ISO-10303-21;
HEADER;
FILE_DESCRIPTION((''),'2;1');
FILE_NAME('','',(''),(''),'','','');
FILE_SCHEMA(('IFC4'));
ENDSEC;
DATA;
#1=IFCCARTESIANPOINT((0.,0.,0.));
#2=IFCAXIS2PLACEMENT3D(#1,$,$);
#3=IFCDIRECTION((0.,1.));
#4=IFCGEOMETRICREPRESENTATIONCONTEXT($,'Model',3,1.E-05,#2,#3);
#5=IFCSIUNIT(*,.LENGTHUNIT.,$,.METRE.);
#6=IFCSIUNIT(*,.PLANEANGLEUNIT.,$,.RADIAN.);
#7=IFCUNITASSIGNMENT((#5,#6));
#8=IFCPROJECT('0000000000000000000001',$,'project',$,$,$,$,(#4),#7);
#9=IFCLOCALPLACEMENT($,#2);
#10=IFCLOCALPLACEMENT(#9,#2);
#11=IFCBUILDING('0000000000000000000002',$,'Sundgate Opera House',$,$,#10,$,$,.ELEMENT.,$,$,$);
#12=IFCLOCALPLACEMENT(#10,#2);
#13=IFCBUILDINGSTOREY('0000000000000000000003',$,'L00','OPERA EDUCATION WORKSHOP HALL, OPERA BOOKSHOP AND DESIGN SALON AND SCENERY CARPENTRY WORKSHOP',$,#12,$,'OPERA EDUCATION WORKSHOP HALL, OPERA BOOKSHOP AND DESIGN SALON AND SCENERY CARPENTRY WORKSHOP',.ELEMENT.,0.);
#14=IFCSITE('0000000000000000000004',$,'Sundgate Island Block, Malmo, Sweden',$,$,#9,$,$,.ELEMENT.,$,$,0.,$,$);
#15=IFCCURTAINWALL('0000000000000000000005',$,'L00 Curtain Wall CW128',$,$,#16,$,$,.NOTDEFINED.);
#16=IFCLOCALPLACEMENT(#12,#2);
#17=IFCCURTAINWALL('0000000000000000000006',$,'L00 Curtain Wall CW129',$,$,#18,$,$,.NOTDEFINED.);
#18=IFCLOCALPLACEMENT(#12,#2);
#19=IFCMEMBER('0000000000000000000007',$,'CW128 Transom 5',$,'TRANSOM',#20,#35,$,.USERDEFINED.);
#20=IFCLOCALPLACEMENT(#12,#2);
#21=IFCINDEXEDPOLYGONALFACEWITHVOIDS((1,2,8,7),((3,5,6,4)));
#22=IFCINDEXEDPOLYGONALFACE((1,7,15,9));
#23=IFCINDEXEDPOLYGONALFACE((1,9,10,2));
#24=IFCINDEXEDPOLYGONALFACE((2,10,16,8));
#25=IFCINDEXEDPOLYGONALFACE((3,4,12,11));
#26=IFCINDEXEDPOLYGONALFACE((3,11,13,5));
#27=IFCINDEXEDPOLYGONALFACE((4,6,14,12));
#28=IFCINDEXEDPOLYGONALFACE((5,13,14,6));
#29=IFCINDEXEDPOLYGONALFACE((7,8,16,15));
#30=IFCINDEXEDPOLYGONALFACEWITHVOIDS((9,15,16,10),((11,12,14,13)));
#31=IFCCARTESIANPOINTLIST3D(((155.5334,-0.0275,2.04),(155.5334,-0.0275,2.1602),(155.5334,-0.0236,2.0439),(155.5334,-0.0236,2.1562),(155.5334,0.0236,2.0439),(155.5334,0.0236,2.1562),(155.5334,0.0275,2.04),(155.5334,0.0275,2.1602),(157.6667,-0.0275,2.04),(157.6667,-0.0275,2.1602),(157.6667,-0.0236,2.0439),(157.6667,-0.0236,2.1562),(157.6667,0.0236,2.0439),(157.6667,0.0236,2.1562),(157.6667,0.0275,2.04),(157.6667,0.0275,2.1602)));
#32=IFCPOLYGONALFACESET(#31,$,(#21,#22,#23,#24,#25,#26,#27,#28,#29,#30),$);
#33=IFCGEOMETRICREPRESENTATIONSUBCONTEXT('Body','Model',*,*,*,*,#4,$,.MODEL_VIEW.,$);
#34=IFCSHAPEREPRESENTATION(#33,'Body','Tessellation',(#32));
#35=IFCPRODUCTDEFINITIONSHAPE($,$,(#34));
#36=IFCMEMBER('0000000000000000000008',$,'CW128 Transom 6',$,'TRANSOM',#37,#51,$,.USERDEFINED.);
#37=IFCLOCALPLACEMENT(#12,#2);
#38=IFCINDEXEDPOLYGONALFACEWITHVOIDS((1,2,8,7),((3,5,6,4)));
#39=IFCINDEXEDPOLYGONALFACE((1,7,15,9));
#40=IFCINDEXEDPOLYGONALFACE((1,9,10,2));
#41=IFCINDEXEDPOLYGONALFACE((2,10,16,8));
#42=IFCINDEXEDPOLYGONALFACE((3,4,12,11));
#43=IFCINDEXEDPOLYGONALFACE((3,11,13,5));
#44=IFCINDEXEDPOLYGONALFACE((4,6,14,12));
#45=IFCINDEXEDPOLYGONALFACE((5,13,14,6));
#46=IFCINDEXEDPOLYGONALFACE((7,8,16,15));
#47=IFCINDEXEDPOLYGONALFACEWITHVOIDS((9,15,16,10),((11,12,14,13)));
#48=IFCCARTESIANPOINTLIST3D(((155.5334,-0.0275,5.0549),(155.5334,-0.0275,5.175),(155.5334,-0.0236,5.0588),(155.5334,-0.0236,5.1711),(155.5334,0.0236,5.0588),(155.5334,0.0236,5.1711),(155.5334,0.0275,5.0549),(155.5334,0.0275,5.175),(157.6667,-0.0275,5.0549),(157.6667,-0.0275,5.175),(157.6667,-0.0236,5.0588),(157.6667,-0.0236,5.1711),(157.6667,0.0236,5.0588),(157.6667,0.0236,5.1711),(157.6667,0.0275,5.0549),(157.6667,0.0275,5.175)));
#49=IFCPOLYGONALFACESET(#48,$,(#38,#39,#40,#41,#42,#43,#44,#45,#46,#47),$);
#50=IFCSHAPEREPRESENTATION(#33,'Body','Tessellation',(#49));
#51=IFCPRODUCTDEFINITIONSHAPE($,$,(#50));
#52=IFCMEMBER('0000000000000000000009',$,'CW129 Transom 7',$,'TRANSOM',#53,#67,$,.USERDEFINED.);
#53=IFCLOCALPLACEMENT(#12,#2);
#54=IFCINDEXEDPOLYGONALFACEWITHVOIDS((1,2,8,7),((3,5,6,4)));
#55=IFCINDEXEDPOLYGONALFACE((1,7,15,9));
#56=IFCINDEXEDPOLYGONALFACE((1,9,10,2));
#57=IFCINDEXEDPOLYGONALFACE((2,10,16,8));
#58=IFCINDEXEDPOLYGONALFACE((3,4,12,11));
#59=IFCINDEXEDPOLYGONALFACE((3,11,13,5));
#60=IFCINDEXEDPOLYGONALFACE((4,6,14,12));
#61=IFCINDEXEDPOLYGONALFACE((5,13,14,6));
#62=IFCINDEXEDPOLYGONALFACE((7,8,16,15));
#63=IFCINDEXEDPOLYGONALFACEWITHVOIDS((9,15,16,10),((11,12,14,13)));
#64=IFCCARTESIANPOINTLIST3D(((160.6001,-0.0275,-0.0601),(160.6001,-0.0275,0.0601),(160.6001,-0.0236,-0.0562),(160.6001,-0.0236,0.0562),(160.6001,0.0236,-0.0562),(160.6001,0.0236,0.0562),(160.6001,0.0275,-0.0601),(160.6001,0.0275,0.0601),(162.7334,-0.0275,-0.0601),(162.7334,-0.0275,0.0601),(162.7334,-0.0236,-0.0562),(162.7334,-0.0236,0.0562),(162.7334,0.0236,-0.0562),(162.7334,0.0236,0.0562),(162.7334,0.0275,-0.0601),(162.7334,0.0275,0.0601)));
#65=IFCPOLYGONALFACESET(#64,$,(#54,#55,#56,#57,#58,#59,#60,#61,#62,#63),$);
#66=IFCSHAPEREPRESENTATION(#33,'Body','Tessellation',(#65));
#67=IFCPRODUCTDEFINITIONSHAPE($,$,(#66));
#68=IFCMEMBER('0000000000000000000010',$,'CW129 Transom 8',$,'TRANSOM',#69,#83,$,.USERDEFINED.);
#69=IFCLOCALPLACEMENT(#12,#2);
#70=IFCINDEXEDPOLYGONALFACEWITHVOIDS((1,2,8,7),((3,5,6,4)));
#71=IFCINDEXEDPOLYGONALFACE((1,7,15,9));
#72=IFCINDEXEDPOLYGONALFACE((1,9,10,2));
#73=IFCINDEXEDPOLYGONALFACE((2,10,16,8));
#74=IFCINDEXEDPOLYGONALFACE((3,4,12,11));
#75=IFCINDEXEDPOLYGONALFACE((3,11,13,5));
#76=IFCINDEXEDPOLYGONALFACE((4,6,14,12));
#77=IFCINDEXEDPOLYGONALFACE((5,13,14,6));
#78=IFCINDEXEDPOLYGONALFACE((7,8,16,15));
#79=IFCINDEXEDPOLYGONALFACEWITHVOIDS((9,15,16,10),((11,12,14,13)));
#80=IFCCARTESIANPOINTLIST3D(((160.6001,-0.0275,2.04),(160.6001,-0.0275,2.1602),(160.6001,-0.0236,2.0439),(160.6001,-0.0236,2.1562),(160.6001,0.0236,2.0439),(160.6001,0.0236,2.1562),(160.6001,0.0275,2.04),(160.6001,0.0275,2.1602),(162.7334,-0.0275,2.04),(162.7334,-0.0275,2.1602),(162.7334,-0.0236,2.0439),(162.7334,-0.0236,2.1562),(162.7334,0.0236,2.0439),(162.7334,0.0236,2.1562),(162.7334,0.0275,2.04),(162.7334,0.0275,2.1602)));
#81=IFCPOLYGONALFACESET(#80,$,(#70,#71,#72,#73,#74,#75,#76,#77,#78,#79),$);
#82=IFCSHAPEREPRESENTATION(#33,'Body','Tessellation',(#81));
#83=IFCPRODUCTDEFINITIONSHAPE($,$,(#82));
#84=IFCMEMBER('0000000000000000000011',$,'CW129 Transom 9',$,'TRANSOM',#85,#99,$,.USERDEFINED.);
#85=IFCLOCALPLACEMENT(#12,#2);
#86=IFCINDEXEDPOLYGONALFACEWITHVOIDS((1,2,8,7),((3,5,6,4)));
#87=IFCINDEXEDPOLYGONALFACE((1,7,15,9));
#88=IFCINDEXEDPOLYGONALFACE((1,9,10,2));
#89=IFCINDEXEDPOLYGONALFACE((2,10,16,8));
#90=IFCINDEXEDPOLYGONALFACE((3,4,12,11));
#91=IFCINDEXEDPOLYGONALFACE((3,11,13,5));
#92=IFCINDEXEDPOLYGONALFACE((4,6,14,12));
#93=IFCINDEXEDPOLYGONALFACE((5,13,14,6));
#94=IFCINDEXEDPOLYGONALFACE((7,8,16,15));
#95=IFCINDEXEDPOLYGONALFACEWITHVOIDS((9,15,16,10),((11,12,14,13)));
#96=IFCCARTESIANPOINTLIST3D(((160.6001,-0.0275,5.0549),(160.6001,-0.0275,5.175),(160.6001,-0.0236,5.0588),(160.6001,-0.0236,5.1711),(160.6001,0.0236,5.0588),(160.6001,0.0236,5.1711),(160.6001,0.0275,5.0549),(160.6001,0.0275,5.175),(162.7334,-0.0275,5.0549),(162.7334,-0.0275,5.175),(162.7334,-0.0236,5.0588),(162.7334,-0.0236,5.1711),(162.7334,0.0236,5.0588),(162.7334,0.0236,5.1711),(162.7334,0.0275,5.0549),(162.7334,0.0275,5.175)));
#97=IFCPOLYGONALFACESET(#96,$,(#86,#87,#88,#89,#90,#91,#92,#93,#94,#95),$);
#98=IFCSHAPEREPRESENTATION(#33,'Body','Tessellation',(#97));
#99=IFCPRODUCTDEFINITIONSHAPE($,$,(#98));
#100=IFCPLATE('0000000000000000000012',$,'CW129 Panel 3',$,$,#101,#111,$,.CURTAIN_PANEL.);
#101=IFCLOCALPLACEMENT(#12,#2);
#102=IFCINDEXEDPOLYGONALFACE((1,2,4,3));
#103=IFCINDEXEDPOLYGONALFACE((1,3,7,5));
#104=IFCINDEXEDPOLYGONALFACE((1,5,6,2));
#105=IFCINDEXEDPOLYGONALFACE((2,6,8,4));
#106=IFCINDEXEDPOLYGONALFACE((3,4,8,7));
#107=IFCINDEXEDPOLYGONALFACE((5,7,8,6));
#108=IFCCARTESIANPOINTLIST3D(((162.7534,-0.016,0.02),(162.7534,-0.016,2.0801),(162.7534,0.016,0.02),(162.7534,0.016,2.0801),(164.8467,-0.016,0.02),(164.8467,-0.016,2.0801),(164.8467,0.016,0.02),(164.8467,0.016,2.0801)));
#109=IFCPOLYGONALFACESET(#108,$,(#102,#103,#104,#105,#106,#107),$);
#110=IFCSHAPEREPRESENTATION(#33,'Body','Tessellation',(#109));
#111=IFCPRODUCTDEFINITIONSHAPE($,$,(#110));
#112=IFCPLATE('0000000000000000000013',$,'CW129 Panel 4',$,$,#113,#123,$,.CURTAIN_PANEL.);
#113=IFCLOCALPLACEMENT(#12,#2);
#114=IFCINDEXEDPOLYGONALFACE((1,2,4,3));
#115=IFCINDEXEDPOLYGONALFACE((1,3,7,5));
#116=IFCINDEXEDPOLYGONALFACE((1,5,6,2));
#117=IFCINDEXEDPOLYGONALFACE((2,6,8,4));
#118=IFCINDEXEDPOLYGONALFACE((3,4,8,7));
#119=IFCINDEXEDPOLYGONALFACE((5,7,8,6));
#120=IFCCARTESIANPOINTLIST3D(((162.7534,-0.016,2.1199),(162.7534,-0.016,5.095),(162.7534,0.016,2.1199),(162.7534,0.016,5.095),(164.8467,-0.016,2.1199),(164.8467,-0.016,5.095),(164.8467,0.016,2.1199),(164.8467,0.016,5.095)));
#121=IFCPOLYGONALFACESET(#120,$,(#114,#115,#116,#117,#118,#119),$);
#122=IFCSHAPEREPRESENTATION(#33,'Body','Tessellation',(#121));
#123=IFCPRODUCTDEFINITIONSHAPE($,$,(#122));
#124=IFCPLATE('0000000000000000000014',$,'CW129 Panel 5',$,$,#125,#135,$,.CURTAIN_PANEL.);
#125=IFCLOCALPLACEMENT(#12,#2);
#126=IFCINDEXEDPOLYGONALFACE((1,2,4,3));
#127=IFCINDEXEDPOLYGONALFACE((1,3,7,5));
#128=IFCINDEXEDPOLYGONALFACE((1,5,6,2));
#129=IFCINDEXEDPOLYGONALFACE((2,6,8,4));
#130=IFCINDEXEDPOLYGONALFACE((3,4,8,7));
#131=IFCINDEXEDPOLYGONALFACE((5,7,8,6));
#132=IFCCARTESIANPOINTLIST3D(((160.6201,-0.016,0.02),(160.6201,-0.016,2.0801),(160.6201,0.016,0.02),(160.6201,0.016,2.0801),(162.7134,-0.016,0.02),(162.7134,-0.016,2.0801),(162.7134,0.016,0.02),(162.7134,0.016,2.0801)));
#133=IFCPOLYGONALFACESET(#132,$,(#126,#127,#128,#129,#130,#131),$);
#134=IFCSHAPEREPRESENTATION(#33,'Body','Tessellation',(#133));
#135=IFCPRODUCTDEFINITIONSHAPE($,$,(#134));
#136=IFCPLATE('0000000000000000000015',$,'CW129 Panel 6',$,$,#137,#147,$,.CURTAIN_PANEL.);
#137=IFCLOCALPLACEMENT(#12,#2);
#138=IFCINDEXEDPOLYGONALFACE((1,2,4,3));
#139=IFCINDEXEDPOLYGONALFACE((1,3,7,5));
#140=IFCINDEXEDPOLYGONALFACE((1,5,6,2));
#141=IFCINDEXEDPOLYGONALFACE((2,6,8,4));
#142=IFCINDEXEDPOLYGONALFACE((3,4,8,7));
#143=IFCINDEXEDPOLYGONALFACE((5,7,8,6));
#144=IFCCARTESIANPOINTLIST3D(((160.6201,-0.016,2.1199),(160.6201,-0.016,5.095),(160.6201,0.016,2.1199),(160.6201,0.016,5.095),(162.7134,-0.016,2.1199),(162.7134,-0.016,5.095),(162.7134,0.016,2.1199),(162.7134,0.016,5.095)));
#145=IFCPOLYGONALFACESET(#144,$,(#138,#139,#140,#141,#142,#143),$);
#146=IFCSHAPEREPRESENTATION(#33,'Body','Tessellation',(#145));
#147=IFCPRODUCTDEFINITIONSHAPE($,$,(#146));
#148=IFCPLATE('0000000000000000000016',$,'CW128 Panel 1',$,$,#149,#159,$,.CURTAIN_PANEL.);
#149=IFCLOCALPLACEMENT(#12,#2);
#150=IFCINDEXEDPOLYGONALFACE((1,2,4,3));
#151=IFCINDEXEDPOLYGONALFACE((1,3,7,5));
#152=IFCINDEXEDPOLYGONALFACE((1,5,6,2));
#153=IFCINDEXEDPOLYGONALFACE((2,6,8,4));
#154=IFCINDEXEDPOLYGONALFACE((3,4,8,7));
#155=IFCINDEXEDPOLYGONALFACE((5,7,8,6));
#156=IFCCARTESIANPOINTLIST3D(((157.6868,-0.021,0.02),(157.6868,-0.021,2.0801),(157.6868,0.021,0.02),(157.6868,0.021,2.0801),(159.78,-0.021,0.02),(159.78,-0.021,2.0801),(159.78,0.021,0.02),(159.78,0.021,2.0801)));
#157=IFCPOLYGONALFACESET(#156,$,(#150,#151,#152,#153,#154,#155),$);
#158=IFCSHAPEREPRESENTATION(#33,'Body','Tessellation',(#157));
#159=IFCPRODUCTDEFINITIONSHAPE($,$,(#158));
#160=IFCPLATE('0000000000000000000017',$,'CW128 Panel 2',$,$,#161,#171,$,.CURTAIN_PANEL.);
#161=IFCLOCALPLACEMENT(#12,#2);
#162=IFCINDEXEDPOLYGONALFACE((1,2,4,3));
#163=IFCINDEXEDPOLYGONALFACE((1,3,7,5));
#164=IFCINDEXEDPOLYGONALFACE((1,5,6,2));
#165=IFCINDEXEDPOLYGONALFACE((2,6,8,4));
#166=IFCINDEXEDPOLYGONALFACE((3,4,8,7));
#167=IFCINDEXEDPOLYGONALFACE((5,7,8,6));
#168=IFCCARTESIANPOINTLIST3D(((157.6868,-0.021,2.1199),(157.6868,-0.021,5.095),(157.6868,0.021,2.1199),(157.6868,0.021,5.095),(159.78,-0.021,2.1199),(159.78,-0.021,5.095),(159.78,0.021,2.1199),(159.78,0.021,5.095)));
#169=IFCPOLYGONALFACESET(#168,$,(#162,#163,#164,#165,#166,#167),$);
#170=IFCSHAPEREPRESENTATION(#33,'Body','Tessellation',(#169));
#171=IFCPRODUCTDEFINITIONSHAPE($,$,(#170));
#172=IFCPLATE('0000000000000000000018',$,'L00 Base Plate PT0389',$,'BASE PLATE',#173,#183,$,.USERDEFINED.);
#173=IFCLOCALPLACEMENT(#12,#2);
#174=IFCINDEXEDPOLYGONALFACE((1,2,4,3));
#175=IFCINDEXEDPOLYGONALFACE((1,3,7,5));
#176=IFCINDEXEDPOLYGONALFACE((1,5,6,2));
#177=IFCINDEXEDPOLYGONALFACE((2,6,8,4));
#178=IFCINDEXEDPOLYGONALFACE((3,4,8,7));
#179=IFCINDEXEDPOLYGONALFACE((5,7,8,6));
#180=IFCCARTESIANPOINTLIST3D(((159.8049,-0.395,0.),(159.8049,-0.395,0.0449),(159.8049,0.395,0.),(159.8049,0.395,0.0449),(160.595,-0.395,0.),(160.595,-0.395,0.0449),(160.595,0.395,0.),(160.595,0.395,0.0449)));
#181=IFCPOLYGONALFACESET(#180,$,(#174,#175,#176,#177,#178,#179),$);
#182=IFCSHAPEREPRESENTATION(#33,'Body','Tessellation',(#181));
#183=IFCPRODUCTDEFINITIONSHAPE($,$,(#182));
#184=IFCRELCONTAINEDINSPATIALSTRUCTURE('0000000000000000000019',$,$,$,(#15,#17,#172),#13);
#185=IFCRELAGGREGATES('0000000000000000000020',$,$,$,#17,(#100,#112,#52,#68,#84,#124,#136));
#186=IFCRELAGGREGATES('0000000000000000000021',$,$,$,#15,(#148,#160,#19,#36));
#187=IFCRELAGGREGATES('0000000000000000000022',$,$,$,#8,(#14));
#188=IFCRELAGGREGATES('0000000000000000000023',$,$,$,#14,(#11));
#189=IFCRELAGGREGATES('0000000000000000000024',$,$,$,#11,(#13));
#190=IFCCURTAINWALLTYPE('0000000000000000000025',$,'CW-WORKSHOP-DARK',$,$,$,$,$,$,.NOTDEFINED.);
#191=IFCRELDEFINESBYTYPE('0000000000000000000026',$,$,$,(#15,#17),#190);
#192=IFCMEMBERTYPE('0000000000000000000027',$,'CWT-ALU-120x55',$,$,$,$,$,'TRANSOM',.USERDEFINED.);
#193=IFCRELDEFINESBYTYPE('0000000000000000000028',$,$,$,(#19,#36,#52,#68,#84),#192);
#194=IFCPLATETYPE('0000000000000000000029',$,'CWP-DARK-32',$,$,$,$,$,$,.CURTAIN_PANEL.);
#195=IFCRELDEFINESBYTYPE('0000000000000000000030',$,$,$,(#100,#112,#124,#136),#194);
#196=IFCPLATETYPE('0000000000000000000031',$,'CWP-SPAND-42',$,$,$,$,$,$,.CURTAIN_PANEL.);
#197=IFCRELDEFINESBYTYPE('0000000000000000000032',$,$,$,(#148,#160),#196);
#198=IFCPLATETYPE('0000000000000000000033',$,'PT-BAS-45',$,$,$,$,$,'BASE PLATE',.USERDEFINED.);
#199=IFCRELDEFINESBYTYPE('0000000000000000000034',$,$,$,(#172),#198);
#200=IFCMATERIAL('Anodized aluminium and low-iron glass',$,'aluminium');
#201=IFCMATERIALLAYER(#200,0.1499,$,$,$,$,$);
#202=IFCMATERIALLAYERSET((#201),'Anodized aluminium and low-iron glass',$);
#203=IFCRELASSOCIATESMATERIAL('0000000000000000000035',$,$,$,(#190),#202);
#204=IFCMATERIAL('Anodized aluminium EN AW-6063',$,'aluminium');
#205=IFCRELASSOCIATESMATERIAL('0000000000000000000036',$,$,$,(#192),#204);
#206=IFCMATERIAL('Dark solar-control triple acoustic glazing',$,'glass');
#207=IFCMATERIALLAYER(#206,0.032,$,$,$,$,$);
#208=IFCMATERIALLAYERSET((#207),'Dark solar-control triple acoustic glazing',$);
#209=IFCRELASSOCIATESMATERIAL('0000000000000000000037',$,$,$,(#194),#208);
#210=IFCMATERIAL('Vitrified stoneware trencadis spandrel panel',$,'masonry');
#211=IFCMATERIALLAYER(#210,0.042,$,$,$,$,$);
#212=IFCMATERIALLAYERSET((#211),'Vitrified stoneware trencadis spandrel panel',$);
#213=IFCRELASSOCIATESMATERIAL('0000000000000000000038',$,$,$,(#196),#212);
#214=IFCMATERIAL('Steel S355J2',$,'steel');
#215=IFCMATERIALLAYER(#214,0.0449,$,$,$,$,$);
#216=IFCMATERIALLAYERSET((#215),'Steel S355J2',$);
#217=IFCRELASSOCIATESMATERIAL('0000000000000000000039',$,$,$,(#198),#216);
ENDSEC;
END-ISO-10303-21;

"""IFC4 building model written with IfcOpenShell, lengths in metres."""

from ifc_helpers import new_model, si_unit, direction, frame, origin, origin_2d, place, context, subcontext, project, spatial, rectangle, hollow_rectangle, extrude, material, layer, layer_set, material_profile, profile_set, type_object, element, aggregate, save


model = new_model("IFC4")

# Units and contexts
model_context = context("Model", 3, precision=1e-05, world=origin(), true_north=direction((0.0, 1.0)))
body_context = subcontext(model_context, "Body", "Model", "MODEL_VIEW")
ifc_project = project(units=[si_unit("LENGTHUNIT", "METRE"), si_unit("PLANEANGLEUNIT", "RADIAN")], contexts=[model_context])

# Site, building, storey
site_placement = place(None, origin())
site = spatial("IfcSite", under=ifc_project, at=site_placement, Name="Sundgate Island Block, Malmo, Sweden", CompositionType="ELEMENT", RefElevation=0.0)
building_placement = place(site_placement, origin())
building = spatial("IfcBuilding", under=site, at=building_placement, Name="Sundgate Opera House", CompositionType="ELEMENT")
storey_placement = place(building_placement, origin())
storey = spatial("IfcBuildingStorey", under=building, at=storey_placement, Name="L00", Description="OPERA EDUCATION WORKSHOP HALL, OPERA BOOKSHOP AND DESIGN SALON AND SCENERY CARPENTRY WORKSHOP", LongName="OPERA EDUCATION WORKSHOP HALL, OPERA BOOKSHOP AND DESIGN SALON AND SCENERY CARPENTRY WORKSHOP", CompositionType="ELEMENT", Elevation=0.0)

# Curtain walls
ifc_material_1 = material(Name="Anodized aluminium and low-iron glass", Category="aluminium")
ifc_layer_1 = layer(ifc_material_1, 0.1499)
ifc_layer_set_1 = layer_set([ifc_layer_1], Name="Anodized aluminium and low-iron glass")
curtain_wall_type = type_object("IfcCurtainWallType", Name="CW-WORKSHOP-DARK", PredefinedType="NOTDEFINED", material=ifc_layer_set_1)
curtain_wall_1_placement = place(storey_placement, origin())
curtain_wall_1 = element("IfcCurtainWall", 1, at=curtain_wall_1_placement, inside=storey, type_object=curtain_wall_type, Name="L00 Curtain Wall CW128", PredefinedType="NOTDEFINED")
curtain_wall_2_placement = place(storey_placement, origin())
curtain_wall_2 = element("IfcCurtainWall", 2, at=curtain_wall_2_placement, inside=storey, type_object=curtain_wall_type, Name="L00 Curtain Wall CW129", PredefinedType="NOTDEFINED")

# Members
ifc_material_2 = material(Name="Anodized aluminium EN AW-6063", Category="aluminium")
ifc_material_profile_1 = material_profile(ifc_material_2, hollow_rectangle(XDim=0.0549, YDim=0.1201, WallThickness=0.0039, at=origin_2d()), Name="CWT 120x55x4")
ifc_profile_set_1 = profile_set([ifc_material_profile_1], Name="Anodized aluminium EN AW-6063")
member_type_1 = type_object("IfcMemberType", Name="CWT-ALU-120x55", ElementType="TRANSOM", PredefinedType="USERDEFINED", material=ifc_profile_set_1)
member_1_placement = place(storey_placement, frame((157.6667, 0.0, 2.1001), z_axis=(-1.0, 0.0, 0.0), x_axis=(0.0, -1.0, 0.0)))
member_1 = element("IfcMember", 3, at=member_1_placement, type_object=member_type_1, Name="CW128 Transom 5", ObjectType="TRANSOM", PredefinedType="USERDEFINED", context=body_context, shape_type="SweptSolid", body=[
    extrude(hollow_rectangle(XDim=0.0549, YDim=0.1201, WallThickness=0.0039, at=origin_2d()), origin(), (0.0, 0.0, 1.0), 2.1333),
])
member_2_placement = place(storey_placement, frame((157.6667, 0.0, 5.115), z_axis=(-1.0, 0.0, 0.0), x_axis=(0.0, -1.0, 0.0)))
member_2 = element("IfcMember", 4, at=member_2_placement, type_object=member_type_1, Name="CW128 Transom 6", ObjectType="TRANSOM", PredefinedType="USERDEFINED", context=body_context, shape_type="SweptSolid", body=[
    extrude(hollow_rectangle(XDim=0.0549, YDim=0.1201, WallThickness=0.0039, at=origin_2d()), origin(), (0.0, 0.0, 1.0), 2.1333),
])
member_3_placement = place(storey_placement, frame((162.7334, 0.0, 0.0), z_axis=(-1.0, 0.0, 0.0), x_axis=(0.0, -1.0, 0.0)))
member_3 = element("IfcMember", 5, at=member_3_placement, type_object=member_type_1, Name="CW129 Transom 7", ObjectType="TRANSOM", PredefinedType="USERDEFINED", context=body_context, shape_type="SweptSolid", body=[
    extrude(hollow_rectangle(XDim=0.0549, YDim=0.1201, WallThickness=0.0039, at=origin_2d()), origin(), (0.0, 0.0, 1.0), 2.1333),
])
member_4_placement = place(storey_placement, frame((162.7334, 0.0, 2.1001), z_axis=(-1.0, 0.0, 0.0), x_axis=(0.0, -1.0, 0.0)))
member_4 = element("IfcMember", 6, at=member_4_placement, type_object=member_type_1, Name="CW129 Transom 8", ObjectType="TRANSOM", PredefinedType="USERDEFINED", context=body_context, shape_type="SweptSolid", body=[
    extrude(hollow_rectangle(XDim=0.0549, YDim=0.1201, WallThickness=0.0039, at=origin_2d()), origin(), (0.0, 0.0, 1.0), 2.1333),
])
member_5_placement = place(storey_placement, frame((162.7334, 0.0, 5.115), z_axis=(-1.0, 0.0, 0.0), x_axis=(0.0, -1.0, 0.0)))
member_5 = element("IfcMember", 7, at=member_5_placement, type_object=member_type_1, Name="CW129 Transom 9", ObjectType="TRANSOM", PredefinedType="USERDEFINED", context=body_context, shape_type="SweptSolid", body=[
    extrude(hollow_rectangle(XDim=0.0549, YDim=0.1201, WallThickness=0.0039, at=origin_2d()), origin(), (0.0, 0.0, 1.0), 2.1333),
])

# Plates
ifc_material_3 = material(Name="Dark solar-control triple acoustic glazing", Category="glass")
ifc_layer_2 = layer(ifc_material_3, 0.032)
ifc_layer_set_2 = layer_set([ifc_layer_2], Name="Dark solar-control triple acoustic glazing")
plate_type_1 = type_object("IfcPlateType", Name="CWP-DARK-32", PredefinedType="CURTAIN_PANEL", material=ifc_layer_set_2)
plate_1_placement = place(storey_placement, frame((163.8, 0.0, 0.02), z_axis=(0.0, 0.0, 1.0), x_axis=(-1.0, 0.0, 0.0)))
plate_1 = element("IfcPlate", 8, at=plate_1_placement, type_object=plate_type_1, Name="CW129 Panel 3", PredefinedType="CURTAIN_PANEL", context=body_context, shape_type="SweptSolid", body=[
    extrude(rectangle(XDim=2.0933, YDim=0.032, at=origin_2d()), origin(), (0.0, 0.0, 1.0), 2.0601),
])
plate_2_placement = place(storey_placement, frame((163.8, 0.0, 2.1199), z_axis=(0.0, 0.0, 1.0), x_axis=(-1.0, 0.0, 0.0)))
plate_2 = element("IfcPlate", 9, at=plate_2_placement, type_object=plate_type_1, Name="CW129 Panel 4", PredefinedType="CURTAIN_PANEL", context=body_context, shape_type="SweptSolid", body=[
    extrude(rectangle(XDim=2.0933, YDim=0.032, at=origin_2d()), origin(), (0.0, 0.0, 1.0), 2.9751),
])
plate_3_placement = place(storey_placement, frame((161.6667, 0.0, 0.02), z_axis=(0.0, 0.0, 1.0), x_axis=(-1.0, 0.0, 0.0)))
plate_3 = element("IfcPlate", 10, at=plate_3_placement, type_object=plate_type_1, Name="CW129 Panel 5", PredefinedType="CURTAIN_PANEL", context=body_context, shape_type="SweptSolid", body=[
    extrude(rectangle(XDim=2.0933, YDim=0.032, at=origin_2d()), origin(), (0.0, 0.0, 1.0), 2.0601),
])
plate_4_placement = place(storey_placement, frame((161.6667, 0.0, 2.1199), z_axis=(0.0, 0.0, 1.0), x_axis=(-1.0, 0.0, 0.0)))
plate_4 = element("IfcPlate", 11, at=plate_4_placement, type_object=plate_type_1, Name="CW129 Panel 6", PredefinedType="CURTAIN_PANEL", context=body_context, shape_type="SweptSolid", body=[
    extrude(rectangle(XDim=2.0933, YDim=0.032, at=origin_2d()), origin(), (0.0, 0.0, 1.0), 2.9751),
])
aggregate(curtain_wall_2, [plate_1, plate_2, member_3, member_4, member_5, plate_3, plate_4])
ifc_material_4 = material(Name="Vitrified stoneware trencadis spandrel panel", Category="masonry")
ifc_layer_3 = layer(ifc_material_4, 0.042)
ifc_layer_set_3 = layer_set([ifc_layer_3], Name="Vitrified stoneware trencadis spandrel panel")
plate_type_2 = type_object("IfcPlateType", Name="CWP-SPAND-42", PredefinedType="CURTAIN_PANEL", material=ifc_layer_set_3)
plate_5_placement = place(storey_placement, frame((158.7334, 0.0, 0.02), z_axis=(0.0, 0.0, 1.0), x_axis=(-1.0, 0.0, 0.0)))
plate_5 = element("IfcPlate", 12, at=plate_5_placement, type_object=plate_type_2, Name="CW128 Panel 1", PredefinedType="CURTAIN_PANEL", context=body_context, shape_type="SweptSolid", body=[
    extrude(rectangle(XDim=2.0933, YDim=0.042, at=origin_2d()), origin(), (0.0, 0.0, 1.0), 2.0601),
])
plate_6_placement = place(storey_placement, frame((158.7334, 0.0, 2.1199), z_axis=(0.0, 0.0, 1.0), x_axis=(-1.0, 0.0, 0.0)))
plate_6 = element("IfcPlate", 13, at=plate_6_placement, type_object=plate_type_2, Name="CW128 Panel 2", PredefinedType="CURTAIN_PANEL", context=body_context, shape_type="SweptSolid", body=[
    extrude(rectangle(XDim=2.0933, YDim=0.042, at=origin_2d()), origin(), (0.0, 0.0, 1.0), 2.9751),
])
aggregate(curtain_wall_1, [plate_5, plate_6, member_1, member_2])
ifc_material_5 = material(Name="Steel S355J2", Category="steel")
ifc_layer_4 = layer(ifc_material_5, 0.0449)
ifc_layer_set_4 = layer_set([ifc_layer_4], Name="Steel S355J2")
plate_type_3 = type_object("IfcPlateType", Name="PT-BAS-45", ElementType="BASE PLATE", PredefinedType="USERDEFINED", material=ifc_layer_set_4)
plate_7_placement = place(storey_placement, frame((160.2, 0.0, 0.0), z_axis=(0.0, 0.0, 1.0), x_axis=(1.0, 0.0, 0.0)))
element("IfcPlate", 14, at=plate_7_placement, inside=storey, type_object=plate_type_3, Name="L00 Base Plate PT0389", ObjectType="BASE PLATE", PredefinedType="USERDEFINED", context=body_context, shape_type="SweptSolid", body=[
    extrude(rectangle(XDim=0.79, YDim=0.79, at=origin_2d()), origin(), (0.0, 0.0, 1.0), 0.0449),
])

save(model, "model.ifc")
